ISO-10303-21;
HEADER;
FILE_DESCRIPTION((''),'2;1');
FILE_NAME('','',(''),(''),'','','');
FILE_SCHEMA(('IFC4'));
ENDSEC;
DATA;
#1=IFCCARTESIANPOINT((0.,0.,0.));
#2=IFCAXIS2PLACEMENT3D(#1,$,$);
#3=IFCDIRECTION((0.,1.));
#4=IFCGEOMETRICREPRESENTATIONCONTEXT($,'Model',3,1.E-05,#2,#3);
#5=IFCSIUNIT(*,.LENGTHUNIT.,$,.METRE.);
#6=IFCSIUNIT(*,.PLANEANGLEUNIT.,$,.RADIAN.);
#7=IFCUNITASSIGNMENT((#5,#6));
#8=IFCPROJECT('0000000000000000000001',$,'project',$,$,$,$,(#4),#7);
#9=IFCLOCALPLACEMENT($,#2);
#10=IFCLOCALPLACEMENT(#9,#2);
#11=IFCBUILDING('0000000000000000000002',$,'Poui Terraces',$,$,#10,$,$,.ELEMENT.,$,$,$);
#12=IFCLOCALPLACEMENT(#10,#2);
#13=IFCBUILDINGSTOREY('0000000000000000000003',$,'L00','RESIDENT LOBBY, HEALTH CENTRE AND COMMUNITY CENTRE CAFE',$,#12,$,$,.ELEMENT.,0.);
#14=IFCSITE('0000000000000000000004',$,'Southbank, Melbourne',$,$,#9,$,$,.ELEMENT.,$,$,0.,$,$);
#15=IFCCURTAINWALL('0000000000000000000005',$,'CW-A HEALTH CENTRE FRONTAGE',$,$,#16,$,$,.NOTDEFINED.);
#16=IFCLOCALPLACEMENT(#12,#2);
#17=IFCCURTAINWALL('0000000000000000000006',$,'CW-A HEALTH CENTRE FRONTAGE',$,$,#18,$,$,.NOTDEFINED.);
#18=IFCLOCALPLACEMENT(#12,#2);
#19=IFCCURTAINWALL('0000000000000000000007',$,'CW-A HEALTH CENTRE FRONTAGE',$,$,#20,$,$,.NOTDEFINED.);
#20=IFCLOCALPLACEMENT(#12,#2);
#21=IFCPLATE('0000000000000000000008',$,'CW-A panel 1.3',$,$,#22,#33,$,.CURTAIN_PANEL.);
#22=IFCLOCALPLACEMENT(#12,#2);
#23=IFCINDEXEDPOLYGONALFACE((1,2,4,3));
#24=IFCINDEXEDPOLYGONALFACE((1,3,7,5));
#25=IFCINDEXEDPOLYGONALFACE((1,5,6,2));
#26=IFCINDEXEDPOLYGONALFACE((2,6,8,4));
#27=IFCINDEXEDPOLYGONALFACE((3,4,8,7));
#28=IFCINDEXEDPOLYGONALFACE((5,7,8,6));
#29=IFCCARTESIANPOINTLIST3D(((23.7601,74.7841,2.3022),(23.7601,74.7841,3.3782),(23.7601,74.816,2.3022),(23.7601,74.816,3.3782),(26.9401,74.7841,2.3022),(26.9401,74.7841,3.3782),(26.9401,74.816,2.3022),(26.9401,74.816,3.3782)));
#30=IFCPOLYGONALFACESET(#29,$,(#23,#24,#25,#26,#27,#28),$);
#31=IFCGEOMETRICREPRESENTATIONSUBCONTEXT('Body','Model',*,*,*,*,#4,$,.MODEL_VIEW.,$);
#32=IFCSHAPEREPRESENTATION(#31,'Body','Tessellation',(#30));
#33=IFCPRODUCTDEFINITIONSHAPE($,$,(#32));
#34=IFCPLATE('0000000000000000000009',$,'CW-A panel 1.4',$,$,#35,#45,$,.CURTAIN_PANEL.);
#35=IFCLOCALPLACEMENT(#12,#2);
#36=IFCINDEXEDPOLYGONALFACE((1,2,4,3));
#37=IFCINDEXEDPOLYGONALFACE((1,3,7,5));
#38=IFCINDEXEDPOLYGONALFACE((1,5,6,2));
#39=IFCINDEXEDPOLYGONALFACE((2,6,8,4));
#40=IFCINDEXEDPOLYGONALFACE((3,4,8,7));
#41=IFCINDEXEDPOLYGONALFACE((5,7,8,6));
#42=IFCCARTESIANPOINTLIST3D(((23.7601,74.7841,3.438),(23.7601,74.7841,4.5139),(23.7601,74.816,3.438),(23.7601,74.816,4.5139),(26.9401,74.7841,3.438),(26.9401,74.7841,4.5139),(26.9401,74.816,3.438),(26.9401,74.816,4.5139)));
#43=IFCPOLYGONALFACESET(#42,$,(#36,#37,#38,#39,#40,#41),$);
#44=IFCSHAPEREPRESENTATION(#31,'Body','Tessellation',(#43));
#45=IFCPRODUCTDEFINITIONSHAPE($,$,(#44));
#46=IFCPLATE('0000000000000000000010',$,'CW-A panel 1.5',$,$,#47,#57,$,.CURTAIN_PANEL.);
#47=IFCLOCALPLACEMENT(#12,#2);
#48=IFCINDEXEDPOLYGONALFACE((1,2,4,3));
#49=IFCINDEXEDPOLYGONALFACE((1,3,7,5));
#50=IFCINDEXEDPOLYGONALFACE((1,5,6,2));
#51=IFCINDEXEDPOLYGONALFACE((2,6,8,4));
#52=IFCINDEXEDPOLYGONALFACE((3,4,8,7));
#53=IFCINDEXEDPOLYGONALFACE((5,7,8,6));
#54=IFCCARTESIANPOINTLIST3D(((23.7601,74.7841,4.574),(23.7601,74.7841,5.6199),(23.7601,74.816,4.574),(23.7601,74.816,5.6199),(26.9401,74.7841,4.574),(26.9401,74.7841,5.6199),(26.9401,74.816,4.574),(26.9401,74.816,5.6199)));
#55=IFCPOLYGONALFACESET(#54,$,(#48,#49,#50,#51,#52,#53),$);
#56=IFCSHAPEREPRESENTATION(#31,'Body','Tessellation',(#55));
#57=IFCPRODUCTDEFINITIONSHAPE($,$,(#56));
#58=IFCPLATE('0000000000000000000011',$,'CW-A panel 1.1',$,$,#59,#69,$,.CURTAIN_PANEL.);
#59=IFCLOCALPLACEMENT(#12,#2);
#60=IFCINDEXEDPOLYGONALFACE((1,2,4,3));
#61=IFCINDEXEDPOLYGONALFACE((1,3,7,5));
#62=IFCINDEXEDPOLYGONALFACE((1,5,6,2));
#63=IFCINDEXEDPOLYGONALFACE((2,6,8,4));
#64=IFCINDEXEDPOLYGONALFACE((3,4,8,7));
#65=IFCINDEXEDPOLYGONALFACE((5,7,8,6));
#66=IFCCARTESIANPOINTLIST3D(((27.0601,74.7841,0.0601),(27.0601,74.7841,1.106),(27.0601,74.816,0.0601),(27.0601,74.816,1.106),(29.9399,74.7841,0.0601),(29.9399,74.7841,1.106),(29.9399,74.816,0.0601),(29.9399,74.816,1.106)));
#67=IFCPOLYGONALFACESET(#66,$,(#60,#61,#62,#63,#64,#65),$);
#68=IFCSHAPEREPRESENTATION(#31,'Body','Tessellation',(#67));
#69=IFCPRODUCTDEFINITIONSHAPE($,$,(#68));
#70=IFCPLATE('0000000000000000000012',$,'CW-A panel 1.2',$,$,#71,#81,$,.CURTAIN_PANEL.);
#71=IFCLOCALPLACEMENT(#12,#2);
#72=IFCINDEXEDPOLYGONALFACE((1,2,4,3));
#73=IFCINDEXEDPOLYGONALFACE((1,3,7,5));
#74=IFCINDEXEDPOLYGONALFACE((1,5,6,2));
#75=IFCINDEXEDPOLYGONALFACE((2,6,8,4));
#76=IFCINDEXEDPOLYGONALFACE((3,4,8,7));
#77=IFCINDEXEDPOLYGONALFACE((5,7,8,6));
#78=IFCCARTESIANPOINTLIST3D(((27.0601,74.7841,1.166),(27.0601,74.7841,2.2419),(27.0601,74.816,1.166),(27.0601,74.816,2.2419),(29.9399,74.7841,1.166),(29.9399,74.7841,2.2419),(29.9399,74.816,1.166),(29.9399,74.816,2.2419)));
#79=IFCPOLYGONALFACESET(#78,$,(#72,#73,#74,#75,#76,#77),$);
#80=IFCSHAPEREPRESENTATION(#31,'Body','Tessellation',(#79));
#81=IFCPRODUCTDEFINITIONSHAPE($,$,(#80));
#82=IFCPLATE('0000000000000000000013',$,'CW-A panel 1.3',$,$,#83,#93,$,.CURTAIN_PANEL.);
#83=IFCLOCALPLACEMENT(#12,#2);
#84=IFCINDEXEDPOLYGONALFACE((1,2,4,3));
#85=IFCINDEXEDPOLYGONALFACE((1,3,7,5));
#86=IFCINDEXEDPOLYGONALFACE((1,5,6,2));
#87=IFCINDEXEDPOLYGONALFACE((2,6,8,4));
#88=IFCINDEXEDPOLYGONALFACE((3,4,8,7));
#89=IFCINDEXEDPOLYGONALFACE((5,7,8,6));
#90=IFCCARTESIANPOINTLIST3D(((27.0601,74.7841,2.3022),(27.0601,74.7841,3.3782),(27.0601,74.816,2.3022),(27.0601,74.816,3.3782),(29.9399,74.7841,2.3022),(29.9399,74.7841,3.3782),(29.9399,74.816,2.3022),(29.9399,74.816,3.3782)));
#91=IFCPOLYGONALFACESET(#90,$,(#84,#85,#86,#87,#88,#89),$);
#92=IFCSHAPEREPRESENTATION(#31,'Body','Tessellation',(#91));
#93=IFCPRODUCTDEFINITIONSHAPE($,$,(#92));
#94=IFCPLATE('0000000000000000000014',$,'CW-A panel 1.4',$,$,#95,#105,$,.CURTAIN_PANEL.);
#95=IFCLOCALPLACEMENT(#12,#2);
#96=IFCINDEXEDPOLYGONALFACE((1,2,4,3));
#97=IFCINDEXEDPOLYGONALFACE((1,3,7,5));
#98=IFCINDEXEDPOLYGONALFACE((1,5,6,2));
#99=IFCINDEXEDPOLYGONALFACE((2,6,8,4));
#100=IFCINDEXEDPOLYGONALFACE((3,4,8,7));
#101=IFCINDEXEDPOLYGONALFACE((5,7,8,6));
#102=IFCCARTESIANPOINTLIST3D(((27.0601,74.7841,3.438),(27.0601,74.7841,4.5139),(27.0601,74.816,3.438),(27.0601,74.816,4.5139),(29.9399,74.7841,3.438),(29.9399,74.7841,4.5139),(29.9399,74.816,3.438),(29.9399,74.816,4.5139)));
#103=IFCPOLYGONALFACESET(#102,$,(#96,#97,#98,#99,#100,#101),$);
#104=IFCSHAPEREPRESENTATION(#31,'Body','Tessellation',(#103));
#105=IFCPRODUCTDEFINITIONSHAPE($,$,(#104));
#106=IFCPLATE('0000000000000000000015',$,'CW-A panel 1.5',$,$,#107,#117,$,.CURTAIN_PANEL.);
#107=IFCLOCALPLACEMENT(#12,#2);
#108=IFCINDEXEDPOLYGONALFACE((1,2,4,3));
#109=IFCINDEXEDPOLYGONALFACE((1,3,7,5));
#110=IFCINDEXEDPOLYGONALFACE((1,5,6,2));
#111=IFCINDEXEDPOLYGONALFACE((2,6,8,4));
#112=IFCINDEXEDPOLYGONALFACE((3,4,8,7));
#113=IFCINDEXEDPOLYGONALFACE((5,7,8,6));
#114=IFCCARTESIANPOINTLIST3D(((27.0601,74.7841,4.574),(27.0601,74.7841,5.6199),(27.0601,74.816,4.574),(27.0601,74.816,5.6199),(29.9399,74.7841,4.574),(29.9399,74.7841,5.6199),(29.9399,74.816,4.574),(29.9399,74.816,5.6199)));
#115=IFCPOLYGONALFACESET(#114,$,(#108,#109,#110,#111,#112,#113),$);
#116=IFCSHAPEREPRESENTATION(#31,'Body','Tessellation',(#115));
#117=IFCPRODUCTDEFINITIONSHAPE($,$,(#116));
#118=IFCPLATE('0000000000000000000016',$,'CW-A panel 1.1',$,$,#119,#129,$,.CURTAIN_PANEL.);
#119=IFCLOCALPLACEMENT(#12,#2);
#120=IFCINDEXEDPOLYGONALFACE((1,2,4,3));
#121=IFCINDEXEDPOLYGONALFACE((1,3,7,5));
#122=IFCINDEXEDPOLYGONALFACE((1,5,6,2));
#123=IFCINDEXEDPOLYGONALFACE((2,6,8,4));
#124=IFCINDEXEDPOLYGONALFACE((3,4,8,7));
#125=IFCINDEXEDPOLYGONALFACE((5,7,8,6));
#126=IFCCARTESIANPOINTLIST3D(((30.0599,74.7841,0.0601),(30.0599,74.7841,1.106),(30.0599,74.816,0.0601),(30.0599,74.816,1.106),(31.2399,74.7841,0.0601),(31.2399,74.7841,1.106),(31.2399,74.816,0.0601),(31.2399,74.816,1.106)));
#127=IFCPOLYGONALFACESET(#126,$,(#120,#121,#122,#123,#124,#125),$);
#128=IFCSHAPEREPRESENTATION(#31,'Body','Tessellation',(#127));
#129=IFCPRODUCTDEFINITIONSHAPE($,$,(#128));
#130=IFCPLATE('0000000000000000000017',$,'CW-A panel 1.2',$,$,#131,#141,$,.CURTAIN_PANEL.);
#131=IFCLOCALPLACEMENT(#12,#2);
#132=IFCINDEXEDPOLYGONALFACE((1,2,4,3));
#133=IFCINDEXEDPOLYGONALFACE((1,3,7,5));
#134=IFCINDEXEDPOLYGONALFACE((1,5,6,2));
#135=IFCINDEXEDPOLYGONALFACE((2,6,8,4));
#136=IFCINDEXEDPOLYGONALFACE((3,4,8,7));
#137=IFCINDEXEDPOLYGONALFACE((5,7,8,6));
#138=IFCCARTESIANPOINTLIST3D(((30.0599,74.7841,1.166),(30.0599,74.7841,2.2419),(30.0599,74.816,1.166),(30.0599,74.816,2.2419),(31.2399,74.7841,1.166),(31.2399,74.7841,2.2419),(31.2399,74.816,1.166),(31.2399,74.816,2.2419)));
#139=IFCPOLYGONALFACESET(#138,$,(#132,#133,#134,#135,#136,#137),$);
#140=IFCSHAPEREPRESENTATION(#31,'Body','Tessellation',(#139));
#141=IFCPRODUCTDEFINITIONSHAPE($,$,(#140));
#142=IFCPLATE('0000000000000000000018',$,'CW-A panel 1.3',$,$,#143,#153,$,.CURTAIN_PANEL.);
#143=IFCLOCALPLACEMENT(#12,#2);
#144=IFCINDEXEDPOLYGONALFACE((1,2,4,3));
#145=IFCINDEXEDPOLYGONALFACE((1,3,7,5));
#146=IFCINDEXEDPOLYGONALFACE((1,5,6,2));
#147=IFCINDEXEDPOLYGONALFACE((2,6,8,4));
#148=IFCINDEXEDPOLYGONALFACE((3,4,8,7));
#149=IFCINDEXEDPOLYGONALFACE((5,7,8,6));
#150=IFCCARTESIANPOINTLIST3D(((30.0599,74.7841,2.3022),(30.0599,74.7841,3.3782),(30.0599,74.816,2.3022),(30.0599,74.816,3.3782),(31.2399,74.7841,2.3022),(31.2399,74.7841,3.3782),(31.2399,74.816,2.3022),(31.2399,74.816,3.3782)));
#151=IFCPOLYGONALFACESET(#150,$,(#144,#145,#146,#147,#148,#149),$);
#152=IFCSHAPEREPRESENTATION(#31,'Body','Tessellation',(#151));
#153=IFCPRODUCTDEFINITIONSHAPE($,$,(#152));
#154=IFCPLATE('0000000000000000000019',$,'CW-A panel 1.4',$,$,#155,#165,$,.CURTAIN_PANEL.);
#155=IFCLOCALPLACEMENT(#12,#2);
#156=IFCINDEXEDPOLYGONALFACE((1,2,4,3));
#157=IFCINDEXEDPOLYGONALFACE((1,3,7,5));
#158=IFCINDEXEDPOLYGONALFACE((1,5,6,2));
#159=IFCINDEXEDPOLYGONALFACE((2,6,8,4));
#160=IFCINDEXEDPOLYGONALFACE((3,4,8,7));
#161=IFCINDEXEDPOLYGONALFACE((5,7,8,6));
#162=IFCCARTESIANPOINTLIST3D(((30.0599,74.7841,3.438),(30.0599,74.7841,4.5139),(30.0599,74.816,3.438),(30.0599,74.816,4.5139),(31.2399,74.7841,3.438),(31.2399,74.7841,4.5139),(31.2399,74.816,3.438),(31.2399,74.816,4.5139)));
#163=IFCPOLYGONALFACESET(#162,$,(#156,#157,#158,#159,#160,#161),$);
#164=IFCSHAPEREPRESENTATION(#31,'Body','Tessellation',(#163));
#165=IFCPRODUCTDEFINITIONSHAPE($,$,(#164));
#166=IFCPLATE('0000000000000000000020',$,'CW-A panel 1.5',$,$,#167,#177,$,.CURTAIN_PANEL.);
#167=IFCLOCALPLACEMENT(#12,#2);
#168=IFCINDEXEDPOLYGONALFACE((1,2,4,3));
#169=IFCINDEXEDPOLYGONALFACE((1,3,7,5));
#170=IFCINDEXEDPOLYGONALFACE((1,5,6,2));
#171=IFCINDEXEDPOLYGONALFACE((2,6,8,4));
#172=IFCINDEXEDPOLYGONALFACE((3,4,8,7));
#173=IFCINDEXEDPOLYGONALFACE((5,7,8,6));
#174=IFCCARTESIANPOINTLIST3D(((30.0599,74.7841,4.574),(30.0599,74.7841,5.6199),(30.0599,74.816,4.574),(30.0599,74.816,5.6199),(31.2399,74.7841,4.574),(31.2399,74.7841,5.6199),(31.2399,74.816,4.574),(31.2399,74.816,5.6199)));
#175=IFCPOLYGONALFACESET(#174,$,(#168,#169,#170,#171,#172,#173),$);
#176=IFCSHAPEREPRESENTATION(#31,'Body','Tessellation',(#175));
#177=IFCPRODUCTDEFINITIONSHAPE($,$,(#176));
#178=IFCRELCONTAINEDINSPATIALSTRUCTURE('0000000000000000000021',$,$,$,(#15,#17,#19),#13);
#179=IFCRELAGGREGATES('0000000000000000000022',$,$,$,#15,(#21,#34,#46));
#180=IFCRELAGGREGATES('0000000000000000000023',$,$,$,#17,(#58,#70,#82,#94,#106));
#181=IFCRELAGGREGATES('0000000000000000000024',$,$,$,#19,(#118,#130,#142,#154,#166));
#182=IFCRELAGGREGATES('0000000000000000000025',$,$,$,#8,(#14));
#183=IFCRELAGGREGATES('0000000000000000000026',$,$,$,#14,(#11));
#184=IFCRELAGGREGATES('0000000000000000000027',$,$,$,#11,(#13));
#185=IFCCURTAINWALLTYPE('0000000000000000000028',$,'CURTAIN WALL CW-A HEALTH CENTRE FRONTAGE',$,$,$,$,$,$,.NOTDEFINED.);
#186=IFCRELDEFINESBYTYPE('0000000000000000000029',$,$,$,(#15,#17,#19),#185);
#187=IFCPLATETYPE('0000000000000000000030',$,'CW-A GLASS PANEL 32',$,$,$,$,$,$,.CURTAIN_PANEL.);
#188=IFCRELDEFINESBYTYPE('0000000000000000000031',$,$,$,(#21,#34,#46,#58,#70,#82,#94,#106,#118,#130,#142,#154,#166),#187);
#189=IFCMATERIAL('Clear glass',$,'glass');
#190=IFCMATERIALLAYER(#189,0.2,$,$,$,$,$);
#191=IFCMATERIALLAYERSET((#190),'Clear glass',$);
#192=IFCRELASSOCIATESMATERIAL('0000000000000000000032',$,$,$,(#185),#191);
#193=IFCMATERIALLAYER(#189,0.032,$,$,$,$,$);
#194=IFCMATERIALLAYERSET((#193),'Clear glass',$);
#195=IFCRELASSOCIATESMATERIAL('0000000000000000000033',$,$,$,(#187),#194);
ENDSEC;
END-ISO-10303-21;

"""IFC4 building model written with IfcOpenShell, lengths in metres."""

from ifc_helpers import new_model, si_unit, direction, frame, origin, origin_2d, place, context, subcontext, project, spatial, rectangle, extrude, material, layer, layer_set, type_object, element, aggregate, save


model = new_model("IFC4")

# Units and contexts
model_context = context("Model", 3, precision=1e-05, world=origin(), true_north=direction((0.0, 1.0)))
body_context = subcontext(model_context, "Body", "Model", "MODEL_VIEW")
ifc_project = project(units=[si_unit("LENGTHUNIT", "METRE"), si_unit("PLANEANGLEUNIT", "RADIAN")], contexts=[model_context])

# Site, building, storey
site_placement = place(None, origin())
site = spatial("IfcSite", under=ifc_project, at=site_placement, Name="Southbank, Melbourne", CompositionType="ELEMENT", RefElevation=0.0)
building_placement = place(site_placement, origin())
building = spatial("IfcBuilding", under=site, at=building_placement, Name="Poui Terraces", CompositionType="ELEMENT")
storey_placement = place(building_placement, origin())
storey = spatial("IfcBuildingStorey", under=building, at=storey_placement, Name="L00", Description="RESIDENT LOBBY, HEALTH CENTRE AND COMMUNITY CENTRE CAFE", CompositionType="ELEMENT", Elevation=0.0)

# Curtain wall
ifc_material_1 = material(Name="Clear glass", Category="glass")
ifc_layer_1 = layer(ifc_material_1, 0.2)
ifc_layer_set_1 = layer_set([ifc_layer_1], Name="Clear glass")
curtain_wall_type = type_object("IfcCurtainWallType", Name="CURTAIN WALL CW-A HEALTH CENTRE FRONTAGE", PredefinedType="NOTDEFINED", material=ifc_layer_set_1)
curtain_wall_1_placement = place(storey_placement, origin())
curtain_wall_1 = element("IfcCurtainWall", 1, at=curtain_wall_1_placement, inside=storey, type_object=curtain_wall_type, Name="CW-A HEALTH CENTRE FRONTAGE", PredefinedType="NOTDEFINED")

# Curtain wall
curtain_wall_2_placement = place(storey_placement, origin())
curtain_wall_2 = element("IfcCurtainWall", 2, at=curtain_wall_2_placement, inside=storey, type_object=curtain_wall_type, Name="CW-A HEALTH CENTRE FRONTAGE", PredefinedType="NOTDEFINED")

# Curtain wall
curtain_wall_3_placement = place(storey_placement, origin())
curtain_wall_3 = element("IfcCurtainWall", 3, at=curtain_wall_3_placement, inside=storey, type_object=curtain_wall_type, Name="CW-A HEALTH CENTRE FRONTAGE", PredefinedType="NOTDEFINED")

# Plates
ifc_layer_2 = layer(ifc_material_1, 0.032)
ifc_layer_set_2 = layer_set([ifc_layer_2], Name="Clear glass")
plate_type = type_object("IfcPlateType", Name="CW-A GLASS PANEL 32", PredefinedType="CURTAIN_PANEL", material=ifc_layer_set_2)
plate_1_placement = place(storey_placement, frame((25.3501, 74.8, 2.3022), z_axis=(0.0, 0.0, 1.0), x_axis=(-1.0, 0.0, 0.0)))
plate_1 = element("IfcPlate", 4, at=plate_1_placement, type_object=plate_type, Name="CW-A panel 1.3", PredefinedType="CURTAIN_PANEL", context=body_context, shape_type="SweptSolid", body=[
    extrude(rectangle(XDim=3.1799, YDim=0.032, at=origin_2d()), origin(), (0.0, 0.0, 1.0), 1.0759),
])
plate_2_placement = place(storey_placement, frame((25.3501, 74.8, 3.438), z_axis=(0.0, 0.0, 1.0), x_axis=(-1.0, 0.0, 0.0)))
plate_2 = element("IfcPlate", 5, at=plate_2_placement, type_object=plate_type, Name="CW-A panel 1.4", PredefinedType="CURTAIN_PANEL", context=body_context, shape_type="SweptSolid", body=[
    extrude(rectangle(XDim=3.1799, YDim=0.032, at=origin_2d()), origin(), (0.0, 0.0, 1.0), 1.0759),
])
plate_3_placement = place(storey_placement, frame((25.3501, 74.8, 4.574), z_axis=(0.0, 0.0, 1.0), x_axis=(-1.0, 0.0, 0.0)))
plate_3 = element("IfcPlate", 6, at=plate_3_placement, type_object=plate_type, Name="CW-A panel 1.5", PredefinedType="CURTAIN_PANEL", context=body_context, shape_type="SweptSolid", body=[
    extrude(rectangle(XDim=3.1799, YDim=0.032, at=origin_2d()), origin(), (0.0, 0.0, 1.0), 1.0459),
])
aggregate(curtain_wall_1, [plate_1, plate_2, plate_3])
plate_4_placement = place(storey_placement, frame((28.5, 74.8, 0.0601), z_axis=(0.0, 0.0, 1.0), x_axis=(-1.0, 0.0, 0.0)))
plate_4 = element("IfcPlate", 7, at=plate_4_placement, type_object=plate_type, Name="CW-A panel 1.1", PredefinedType="CURTAIN_PANEL", context=body_context, shape_type="SweptSolid", body=[
    extrude(rectangle(XDim=2.8799, YDim=0.032, at=origin_2d()), origin(), (0.0, 0.0, 1.0), 1.0459),
])
plate_5_placement = place(storey_placement, frame((28.5, 74.8, 1.166), z_axis=(0.0, 0.0, 1.0), x_axis=(-1.0, 0.0, 0.0)))
plate_5 = element("IfcPlate", 8, at=plate_5_placement, type_object=plate_type, Name="CW-A panel 1.2", PredefinedType="CURTAIN_PANEL", context=body_context, shape_type="SweptSolid", body=[
    extrude(rectangle(XDim=2.8799, YDim=0.032, at=origin_2d()), origin(), (0.0, 0.0, 1.0), 1.0759),
])
plate_6_placement = place(storey_placement, frame((28.5, 74.8, 2.3022), z_axis=(0.0, 0.0, 1.0), x_axis=(-1.0, 0.0, 0.0)))
plate_6 = element("IfcPlate", 9, at=plate_6_placement, type_object=plate_type, Name="CW-A panel 1.3", PredefinedType="CURTAIN_PANEL", context=body_context, shape_type="SweptSolid", body=[
    extrude(rectangle(XDim=2.8799, YDim=0.032, at=origin_2d()), origin(), (0.0, 0.0, 1.0), 1.0759),
])
plate_7_placement = place(storey_placement, frame((28.5, 74.8, 3.438), z_axis=(0.0, 0.0, 1.0), x_axis=(-1.0, 0.0, 0.0)))
plate_7 = element("IfcPlate", 10, at=plate_7_placement, type_object=plate_type, Name="CW-A panel 1.4", PredefinedType="CURTAIN_PANEL", context=body_context, shape_type="SweptSolid", body=[
    extrude(rectangle(XDim=2.8799, YDim=0.032, at=origin_2d()), origin(), (0.0, 0.0, 1.0), 1.0759),
])
plate_8_placement = place(storey_placement, frame((28.5, 74.8, 4.574), z_axis=(0.0, 0.0, 1.0), x_axis=(-1.0, 0.0, 0.0)))
plate_8 = element("IfcPlate", 11, at=plate_8_placement, type_object=plate_type, Name="CW-A panel 1.5", PredefinedType="CURTAIN_PANEL", context=body_context, shape_type="SweptSolid", body=[
    extrude(rectangle(XDim=2.8799, YDim=0.032, at=origin_2d()), origin(), (0.0, 0.0, 1.0), 1.0459),
])
aggregate(curtain_wall_2, [plate_4, plate_5, plate_6, plate_7, plate_8])
plate_9_placement = place(storey_placement, frame((30.6499, 74.8, 0.0601), z_axis=(0.0, 0.0, 1.0), x_axis=(-1.0, 0.0, 0.0)))
plate_9 = element("IfcPlate", 12, at=plate_9_placement, type_object=plate_type, Name="CW-A panel 1.1", PredefinedType="CURTAIN_PANEL", context=body_context, shape_type="SweptSolid", body=[
    extrude(rectangle(XDim=1.1799, YDim=0.032, at=origin_2d()), origin(), (0.0, 0.0, 1.0), 1.0459),
])
plate_10_placement = place(storey_placement, frame((30.6499, 74.8, 1.166), z_axis=(0.0, 0.0, 1.0), x_axis=(-1.0, 0.0, 0.0)))
plate_10 = element("IfcPlate", 13, at=plate_10_placement, type_object=plate_type, Name="CW-A panel 1.2", PredefinedType="CURTAIN_PANEL", context=body_context, shape_type="SweptSolid", body=[
    extrude(rectangle(XDim=1.1799, YDim=0.032, at=origin_2d()), origin(), (0.0, 0.0, 1.0), 1.0759),
])
plate_11_placement = place(storey_placement, frame((30.6499, 74.8, 2.3022), z_axis=(0.0, 0.0, 1.0), x_axis=(-1.0, 0.0, 0.0)))
plate_11 = element("IfcPlate", 14, at=plate_11_placement, type_object=plate_type, Name="CW-A panel 1.3", PredefinedType="CURTAIN_PANEL", context=body_context, shape_type="SweptSolid", body=[
    extrude(rectangle(XDim=1.1799, YDim=0.032, at=origin_2d()), origin(), (0.0, 0.0, 1.0), 1.0759),
])
plate_12_placement = place(storey_placement, frame((30.6499, 74.8, 3.438), z_axis=(0.0, 0.0, 1.0), x_axis=(-1.0, 0.0, 0.0)))
plate_12 = element("IfcPlate", 15, at=plate_12_placement, type_object=plate_type, Name="CW-A panel 1.4", PredefinedType="CURTAIN_PANEL", context=body_context, shape_type="SweptSolid", body=[
    extrude(rectangle(XDim=1.1799, YDim=0.032, at=origin_2d()), origin(), (0.0, 0.0, 1.0), 1.0759),
])
plate_13_placement = place(storey_placement, frame((30.6499, 74.8, 4.574), z_axis=(0.0, 0.0, 1.0), x_axis=(-1.0, 0.0, 0.0)))
plate_13 = element("IfcPlate", 16, at=plate_13_placement, type_object=plate_type, Name="CW-A panel 1.5", PredefinedType="CURTAIN_PANEL", context=body_context, shape_type="SweptSolid", body=[
    extrude(rectangle(XDim=1.1799, YDim=0.032, at=origin_2d()), origin(), (0.0, 0.0, 1.0), 1.0459),
])
aggregate(curtain_wall_3, [plate_9, plate_10, plate_11, plate_12, plate_13])

save(model, "model.ifc")
